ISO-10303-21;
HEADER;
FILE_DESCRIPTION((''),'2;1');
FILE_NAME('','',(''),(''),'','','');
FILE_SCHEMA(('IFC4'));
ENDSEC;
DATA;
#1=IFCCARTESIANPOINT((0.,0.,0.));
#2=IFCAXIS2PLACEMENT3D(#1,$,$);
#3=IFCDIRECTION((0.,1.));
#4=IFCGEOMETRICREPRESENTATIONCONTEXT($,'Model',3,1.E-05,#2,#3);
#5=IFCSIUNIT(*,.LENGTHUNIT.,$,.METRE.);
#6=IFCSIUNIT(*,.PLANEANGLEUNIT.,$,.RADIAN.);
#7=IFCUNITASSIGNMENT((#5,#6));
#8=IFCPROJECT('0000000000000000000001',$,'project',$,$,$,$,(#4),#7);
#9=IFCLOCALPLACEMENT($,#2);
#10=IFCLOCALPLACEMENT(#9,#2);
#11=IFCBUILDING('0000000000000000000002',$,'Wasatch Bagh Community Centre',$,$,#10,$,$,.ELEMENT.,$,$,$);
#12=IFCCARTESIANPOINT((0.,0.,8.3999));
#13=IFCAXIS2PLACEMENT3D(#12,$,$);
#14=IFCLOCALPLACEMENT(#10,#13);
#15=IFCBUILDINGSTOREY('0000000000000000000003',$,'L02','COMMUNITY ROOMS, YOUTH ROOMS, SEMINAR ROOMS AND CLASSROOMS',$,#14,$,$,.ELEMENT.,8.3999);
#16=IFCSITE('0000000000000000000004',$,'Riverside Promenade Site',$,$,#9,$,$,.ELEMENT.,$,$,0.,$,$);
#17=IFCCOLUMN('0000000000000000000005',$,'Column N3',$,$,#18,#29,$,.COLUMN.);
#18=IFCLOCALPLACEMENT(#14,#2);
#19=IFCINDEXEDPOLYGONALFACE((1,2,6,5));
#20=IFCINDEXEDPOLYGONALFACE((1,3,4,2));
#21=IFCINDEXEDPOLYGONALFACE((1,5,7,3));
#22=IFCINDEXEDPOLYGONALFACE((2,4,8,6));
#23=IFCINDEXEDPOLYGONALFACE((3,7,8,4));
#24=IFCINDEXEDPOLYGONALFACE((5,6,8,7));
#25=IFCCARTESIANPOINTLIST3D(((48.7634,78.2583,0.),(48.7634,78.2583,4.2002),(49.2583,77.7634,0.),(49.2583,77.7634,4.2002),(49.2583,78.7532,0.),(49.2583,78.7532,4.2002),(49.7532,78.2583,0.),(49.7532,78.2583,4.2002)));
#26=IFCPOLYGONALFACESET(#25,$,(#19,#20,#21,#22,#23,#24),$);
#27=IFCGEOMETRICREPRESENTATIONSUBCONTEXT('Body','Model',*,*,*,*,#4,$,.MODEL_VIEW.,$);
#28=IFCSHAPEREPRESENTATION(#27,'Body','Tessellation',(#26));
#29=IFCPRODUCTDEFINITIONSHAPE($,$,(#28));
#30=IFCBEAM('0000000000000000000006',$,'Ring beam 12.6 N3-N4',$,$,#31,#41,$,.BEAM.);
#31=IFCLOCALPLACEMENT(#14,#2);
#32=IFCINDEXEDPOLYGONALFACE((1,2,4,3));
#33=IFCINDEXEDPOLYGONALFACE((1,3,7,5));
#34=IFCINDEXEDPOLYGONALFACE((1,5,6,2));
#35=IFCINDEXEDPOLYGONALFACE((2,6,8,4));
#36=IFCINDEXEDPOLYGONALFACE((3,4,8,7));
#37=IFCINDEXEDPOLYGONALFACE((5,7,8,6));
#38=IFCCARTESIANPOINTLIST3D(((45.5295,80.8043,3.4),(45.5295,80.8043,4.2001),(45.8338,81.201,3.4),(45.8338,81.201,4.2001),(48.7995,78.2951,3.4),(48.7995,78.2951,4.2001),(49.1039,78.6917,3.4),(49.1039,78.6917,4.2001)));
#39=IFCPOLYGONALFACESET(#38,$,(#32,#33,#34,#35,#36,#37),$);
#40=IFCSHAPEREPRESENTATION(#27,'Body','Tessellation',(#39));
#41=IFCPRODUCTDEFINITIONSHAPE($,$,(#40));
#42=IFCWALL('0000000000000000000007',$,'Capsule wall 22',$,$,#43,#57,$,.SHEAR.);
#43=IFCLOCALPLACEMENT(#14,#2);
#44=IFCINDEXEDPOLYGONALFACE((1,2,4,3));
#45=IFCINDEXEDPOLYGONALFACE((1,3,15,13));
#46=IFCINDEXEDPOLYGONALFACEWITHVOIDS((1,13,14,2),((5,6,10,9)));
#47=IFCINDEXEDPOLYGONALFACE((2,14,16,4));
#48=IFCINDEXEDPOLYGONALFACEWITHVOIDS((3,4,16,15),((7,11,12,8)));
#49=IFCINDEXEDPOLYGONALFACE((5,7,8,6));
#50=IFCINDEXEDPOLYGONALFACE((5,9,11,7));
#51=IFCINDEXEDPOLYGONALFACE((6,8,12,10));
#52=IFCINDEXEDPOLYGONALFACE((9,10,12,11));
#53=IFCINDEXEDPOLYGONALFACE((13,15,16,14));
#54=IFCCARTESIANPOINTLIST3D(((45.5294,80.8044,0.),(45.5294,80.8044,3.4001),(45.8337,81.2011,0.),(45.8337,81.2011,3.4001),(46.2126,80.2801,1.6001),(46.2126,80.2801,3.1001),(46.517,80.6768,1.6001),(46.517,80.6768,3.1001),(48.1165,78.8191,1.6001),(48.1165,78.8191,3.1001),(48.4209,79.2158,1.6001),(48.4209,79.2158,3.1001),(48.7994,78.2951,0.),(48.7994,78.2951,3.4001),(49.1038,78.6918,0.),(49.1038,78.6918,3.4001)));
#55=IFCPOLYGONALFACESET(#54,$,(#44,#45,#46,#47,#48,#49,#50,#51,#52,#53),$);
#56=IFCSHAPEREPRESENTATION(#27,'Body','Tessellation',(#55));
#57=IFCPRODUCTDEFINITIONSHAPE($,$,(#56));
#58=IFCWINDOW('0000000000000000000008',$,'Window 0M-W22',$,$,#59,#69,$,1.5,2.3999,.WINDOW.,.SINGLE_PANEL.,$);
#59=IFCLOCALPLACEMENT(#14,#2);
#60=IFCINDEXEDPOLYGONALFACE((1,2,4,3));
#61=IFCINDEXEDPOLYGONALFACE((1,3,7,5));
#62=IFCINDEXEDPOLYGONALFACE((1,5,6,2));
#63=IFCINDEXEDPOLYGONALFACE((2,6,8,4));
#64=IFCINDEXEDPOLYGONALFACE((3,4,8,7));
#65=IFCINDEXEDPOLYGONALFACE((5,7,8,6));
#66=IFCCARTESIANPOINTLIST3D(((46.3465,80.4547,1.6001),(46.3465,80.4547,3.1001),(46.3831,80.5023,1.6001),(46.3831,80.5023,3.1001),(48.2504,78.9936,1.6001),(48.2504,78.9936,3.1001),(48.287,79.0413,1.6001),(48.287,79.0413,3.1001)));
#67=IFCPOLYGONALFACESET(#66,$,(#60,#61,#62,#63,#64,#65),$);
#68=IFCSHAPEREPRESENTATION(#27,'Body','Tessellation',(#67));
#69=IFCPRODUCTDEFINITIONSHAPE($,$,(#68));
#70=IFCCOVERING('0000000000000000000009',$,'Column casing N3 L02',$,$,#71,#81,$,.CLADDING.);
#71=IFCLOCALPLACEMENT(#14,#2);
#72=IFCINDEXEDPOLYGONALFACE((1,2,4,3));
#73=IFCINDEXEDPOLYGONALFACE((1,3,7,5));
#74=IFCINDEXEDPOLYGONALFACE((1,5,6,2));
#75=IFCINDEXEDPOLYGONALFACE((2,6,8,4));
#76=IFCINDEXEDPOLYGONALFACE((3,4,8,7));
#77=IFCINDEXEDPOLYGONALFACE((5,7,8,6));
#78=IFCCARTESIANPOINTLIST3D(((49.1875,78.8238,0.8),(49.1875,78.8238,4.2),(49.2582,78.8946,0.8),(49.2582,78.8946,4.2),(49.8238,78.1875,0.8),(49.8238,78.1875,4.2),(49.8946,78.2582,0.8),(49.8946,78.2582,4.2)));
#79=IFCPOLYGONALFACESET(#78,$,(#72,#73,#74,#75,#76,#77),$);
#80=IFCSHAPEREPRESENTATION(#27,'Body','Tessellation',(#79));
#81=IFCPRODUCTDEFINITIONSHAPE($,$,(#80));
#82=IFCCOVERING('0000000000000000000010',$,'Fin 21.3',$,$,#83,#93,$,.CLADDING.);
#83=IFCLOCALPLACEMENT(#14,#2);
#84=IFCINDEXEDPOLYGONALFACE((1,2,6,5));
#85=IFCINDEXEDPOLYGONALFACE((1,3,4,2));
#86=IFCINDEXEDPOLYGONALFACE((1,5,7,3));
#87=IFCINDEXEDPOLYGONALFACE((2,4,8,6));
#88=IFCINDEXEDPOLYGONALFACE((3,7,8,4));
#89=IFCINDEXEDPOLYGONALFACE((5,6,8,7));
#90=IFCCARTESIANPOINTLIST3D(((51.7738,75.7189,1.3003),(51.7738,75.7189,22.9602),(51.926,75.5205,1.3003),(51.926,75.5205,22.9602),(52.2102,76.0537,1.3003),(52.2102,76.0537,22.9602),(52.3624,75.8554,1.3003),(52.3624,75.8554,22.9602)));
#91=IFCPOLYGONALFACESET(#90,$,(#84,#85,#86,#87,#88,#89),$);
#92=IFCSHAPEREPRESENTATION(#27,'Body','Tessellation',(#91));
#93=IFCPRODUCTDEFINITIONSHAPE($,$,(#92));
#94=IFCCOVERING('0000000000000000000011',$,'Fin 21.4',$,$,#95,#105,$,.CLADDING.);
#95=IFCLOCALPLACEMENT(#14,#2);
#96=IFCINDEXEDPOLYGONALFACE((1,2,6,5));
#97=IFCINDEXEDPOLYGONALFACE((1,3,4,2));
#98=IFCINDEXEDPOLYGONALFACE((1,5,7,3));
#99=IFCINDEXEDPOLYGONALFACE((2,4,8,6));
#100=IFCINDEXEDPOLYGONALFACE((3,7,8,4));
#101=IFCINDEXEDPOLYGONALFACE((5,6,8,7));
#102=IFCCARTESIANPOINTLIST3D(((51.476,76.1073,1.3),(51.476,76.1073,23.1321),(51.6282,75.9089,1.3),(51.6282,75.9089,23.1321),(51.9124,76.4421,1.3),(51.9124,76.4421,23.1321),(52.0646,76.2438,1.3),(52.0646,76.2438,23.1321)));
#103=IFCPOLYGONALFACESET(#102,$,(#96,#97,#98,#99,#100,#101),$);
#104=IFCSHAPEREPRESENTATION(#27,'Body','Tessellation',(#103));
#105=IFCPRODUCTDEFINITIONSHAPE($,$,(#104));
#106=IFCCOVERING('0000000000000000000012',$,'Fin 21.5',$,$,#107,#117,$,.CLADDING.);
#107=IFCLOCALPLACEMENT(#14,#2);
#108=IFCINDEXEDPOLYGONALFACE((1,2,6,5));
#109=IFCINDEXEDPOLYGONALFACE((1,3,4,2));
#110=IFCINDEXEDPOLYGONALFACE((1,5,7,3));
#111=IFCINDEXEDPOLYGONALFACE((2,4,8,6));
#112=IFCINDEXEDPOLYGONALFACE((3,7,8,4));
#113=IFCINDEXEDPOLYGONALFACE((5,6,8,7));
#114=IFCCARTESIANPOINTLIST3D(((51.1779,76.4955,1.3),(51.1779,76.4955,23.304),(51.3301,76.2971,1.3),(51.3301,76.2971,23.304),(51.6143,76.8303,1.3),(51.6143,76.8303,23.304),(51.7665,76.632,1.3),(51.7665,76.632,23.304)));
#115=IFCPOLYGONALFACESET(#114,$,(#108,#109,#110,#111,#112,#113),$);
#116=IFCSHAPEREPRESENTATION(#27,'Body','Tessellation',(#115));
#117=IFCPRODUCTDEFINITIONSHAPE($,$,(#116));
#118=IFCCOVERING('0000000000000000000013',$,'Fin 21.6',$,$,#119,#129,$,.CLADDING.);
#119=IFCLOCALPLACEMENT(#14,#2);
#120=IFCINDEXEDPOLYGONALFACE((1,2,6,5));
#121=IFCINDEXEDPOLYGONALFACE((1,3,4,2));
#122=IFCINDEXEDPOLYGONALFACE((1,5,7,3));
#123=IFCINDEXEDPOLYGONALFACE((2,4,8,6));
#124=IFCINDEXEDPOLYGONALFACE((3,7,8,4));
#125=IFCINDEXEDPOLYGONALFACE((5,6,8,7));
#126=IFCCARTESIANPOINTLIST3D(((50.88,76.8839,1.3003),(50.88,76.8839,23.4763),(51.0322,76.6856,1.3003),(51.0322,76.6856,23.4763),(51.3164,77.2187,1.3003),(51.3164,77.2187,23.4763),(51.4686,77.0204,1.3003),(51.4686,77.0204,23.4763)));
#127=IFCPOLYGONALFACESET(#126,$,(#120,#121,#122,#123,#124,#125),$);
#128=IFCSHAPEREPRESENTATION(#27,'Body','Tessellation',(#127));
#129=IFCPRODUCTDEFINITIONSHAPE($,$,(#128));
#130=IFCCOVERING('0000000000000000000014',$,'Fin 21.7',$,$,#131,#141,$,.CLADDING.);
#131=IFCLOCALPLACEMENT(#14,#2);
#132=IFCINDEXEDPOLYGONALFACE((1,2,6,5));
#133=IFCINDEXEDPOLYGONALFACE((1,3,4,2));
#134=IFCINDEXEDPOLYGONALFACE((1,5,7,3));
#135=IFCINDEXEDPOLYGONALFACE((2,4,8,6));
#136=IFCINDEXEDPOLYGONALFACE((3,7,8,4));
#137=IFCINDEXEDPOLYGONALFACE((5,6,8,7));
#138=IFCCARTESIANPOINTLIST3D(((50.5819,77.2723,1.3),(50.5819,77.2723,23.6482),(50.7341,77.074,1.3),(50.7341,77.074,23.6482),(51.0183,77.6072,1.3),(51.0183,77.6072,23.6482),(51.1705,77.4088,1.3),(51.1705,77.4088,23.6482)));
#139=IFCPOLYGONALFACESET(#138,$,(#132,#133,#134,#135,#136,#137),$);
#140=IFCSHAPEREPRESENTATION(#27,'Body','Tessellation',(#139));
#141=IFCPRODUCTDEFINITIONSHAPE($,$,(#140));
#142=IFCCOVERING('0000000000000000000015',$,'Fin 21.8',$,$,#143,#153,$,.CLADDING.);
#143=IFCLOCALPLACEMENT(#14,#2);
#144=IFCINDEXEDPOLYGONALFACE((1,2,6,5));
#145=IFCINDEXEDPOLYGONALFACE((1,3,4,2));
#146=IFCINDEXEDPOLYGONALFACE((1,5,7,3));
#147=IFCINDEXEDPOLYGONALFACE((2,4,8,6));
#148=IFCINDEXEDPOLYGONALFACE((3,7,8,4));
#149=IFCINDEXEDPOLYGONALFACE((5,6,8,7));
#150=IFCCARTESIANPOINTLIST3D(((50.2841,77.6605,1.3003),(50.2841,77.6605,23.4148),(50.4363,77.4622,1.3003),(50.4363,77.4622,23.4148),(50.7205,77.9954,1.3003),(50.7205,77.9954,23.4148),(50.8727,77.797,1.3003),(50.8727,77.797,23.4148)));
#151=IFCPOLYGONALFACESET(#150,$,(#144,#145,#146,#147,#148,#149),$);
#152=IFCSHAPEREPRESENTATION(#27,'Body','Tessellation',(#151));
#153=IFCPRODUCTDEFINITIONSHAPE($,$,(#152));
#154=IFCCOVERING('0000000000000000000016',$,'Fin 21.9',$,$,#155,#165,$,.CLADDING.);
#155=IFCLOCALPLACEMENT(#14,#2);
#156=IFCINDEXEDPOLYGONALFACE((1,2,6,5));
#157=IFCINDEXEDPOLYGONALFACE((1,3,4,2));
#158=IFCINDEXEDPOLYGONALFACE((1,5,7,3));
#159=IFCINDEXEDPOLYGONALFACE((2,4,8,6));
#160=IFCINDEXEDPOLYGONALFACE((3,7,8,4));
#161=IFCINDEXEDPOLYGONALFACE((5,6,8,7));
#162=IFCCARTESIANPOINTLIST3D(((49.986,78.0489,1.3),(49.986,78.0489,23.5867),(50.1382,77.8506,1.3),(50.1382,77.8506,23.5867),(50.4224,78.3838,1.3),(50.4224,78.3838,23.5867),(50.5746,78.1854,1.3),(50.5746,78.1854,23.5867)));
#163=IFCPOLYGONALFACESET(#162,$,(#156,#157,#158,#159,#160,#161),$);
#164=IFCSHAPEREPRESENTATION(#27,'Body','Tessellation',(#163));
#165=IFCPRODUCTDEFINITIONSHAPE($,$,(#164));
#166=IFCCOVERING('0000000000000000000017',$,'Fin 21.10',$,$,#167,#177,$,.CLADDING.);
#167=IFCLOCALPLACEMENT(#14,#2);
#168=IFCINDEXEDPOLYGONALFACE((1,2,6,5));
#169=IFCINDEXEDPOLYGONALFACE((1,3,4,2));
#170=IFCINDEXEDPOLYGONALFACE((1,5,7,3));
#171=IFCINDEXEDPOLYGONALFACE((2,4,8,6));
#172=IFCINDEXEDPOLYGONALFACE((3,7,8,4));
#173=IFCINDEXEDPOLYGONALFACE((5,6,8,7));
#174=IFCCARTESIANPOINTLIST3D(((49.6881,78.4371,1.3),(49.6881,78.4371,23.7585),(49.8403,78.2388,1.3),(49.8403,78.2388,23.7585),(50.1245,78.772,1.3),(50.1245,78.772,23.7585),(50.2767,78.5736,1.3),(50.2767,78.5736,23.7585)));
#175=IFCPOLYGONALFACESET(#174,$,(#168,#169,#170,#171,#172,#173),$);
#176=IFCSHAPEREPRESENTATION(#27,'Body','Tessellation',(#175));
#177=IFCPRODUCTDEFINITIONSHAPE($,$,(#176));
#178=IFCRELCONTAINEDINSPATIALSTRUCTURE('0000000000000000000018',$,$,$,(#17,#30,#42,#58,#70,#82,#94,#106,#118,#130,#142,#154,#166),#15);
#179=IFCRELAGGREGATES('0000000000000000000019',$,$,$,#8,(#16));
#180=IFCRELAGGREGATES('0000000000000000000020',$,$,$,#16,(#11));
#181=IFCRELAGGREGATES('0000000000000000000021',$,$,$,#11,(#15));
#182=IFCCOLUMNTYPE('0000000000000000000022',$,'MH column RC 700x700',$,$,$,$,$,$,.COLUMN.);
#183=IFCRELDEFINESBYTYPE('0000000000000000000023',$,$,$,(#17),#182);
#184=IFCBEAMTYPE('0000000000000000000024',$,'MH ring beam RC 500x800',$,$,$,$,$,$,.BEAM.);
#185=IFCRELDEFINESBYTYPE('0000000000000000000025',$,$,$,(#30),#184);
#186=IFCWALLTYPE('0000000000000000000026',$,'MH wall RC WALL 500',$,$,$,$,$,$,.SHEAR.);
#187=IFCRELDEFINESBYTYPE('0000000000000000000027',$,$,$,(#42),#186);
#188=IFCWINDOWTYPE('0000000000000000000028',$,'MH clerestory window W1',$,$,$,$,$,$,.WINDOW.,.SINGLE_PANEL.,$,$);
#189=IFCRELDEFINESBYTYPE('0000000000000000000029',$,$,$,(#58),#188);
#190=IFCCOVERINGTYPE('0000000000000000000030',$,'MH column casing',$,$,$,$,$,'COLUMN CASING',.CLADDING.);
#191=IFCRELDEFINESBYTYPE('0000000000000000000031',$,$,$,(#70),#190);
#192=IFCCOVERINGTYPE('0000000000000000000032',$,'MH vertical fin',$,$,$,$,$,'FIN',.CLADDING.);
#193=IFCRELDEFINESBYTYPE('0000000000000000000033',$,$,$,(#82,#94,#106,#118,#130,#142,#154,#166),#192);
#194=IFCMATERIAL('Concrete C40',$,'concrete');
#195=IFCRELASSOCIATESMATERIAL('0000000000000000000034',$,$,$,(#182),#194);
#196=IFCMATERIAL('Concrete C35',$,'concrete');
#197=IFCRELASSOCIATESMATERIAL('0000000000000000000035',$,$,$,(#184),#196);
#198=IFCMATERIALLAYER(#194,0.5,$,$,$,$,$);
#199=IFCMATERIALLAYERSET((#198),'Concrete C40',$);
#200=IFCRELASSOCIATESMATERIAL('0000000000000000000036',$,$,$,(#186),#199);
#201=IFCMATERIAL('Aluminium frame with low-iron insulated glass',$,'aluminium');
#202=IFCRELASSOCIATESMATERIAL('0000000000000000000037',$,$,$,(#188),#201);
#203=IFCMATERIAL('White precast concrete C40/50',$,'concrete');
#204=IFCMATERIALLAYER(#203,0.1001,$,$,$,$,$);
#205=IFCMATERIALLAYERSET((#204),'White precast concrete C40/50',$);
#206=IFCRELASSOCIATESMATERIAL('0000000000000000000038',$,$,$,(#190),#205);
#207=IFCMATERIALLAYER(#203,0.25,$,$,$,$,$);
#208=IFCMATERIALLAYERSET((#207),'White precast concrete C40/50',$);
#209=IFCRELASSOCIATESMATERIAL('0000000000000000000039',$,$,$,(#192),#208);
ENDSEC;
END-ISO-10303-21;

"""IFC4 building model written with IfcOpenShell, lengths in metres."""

from ifc_helpers import new_model, si_unit, direction, frame, frame_2d, origin, origin_2d, place, context, subcontext, project, spatial, rectangle, extrude, material, layer, layer_set, material_profile, profile_set, type_object, element, fill, save


model = new_model("IFC4")

# Units and contexts
model_context = context("Model", 3, precision=1e-05, world=origin(), true_north=direction((0.0, 1.0)))
body_context = subcontext(model_context, "Body", "Model", "MODEL_VIEW")
ifc_project = project(units=[si_unit("LENGTHUNIT", "METRE"), si_unit("PLANEANGLEUNIT", "RADIAN")], contexts=[model_context])

# Site, building, storey
site_placement = place(None, origin())
site = spatial("IfcSite", under=ifc_project, at=site_placement, Name="Riverside Promenade Site", CompositionType="ELEMENT", RefElevation=0.0)
building_placement = place(site_placement, origin())
building = spatial("IfcBuilding", under=site, at=building_placement, Name="Wasatch Bagh Community Centre", CompositionType="ELEMENT")
storey_placement = place(building_placement, frame((0.0, 0.0, 8.3999)))
storey = spatial("IfcBuildingStorey", under=building, at=storey_placement, Name="L02", Description="COMMUNITY ROOMS, YOUTH ROOMS, SEMINAR ROOMS AND CLASSROOMS", CompositionType="ELEMENT", Elevation=8.3999)

# Column
ifc_material_1 = material(Name="Concrete C40", Category="concrete")
ifc_material_profile_1 = material_profile(ifc_material_1, rectangle(XDim=0.7, YDim=0.7, at=origin_2d()), Name="RC 700x700")
ifc_profile_set_1 = profile_set([ifc_material_profile_1], Name="Concrete C40")
column_type = type_object("IfcColumnType", Name="MH column RC 700x700", PredefinedType="COLUMN", material=ifc_profile_set_1)
column_placement = place(storey_placement, frame((49.2583, 78.2583, 0.0), z_axis=(0.0, 0.0, 1.0), x_axis=(0.707107, 0.707107, 0.0)))
element("IfcColumn", 1, at=column_placement, inside=storey, type_object=column_type, Name="Column N3", PredefinedType="COLUMN", context=body_context, shape_type="SweptSolid", body=[
    extrude(rectangle(XDim=0.7, YDim=0.7, at=origin_2d()), origin(), (0.0, 0.0, 1.0), 4.2002),
])

# Beam
ifc_material_2 = material(Name="Concrete C35", Category="concrete")
ifc_material_profile_2 = material_profile(ifc_material_2, rectangle(XDim=0.5, YDim=0.8, at=origin_2d()), Name="RC 500x800")
ifc_profile_set_2 = profile_set([ifc_material_profile_2], Name="Concrete C35")
beam_type = type_object("IfcBeamType", Name="MH ring beam RC 500x800", PredefinedType="BEAM", material=ifc_profile_set_2)
beam_placement = place(storey_placement, frame((48.9517, 78.4934, 3.8), z_axis=(-0.793341, 0.608777, 0.0), x_axis=(-0.608777, -0.793341, 0.0)))
element("IfcBeam", 2, at=beam_placement, inside=storey, type_object=beam_type, Name="Ring beam 12.6 N3-N4", PredefinedType="BEAM", context=body_context, shape_type="SweptSolid", body=[
    extrude(rectangle(XDim=0.5, YDim=0.8, at=origin_2d()), origin(), (0.0, 0.0, 1.0), 4.1218),
])

# Wall, opening, window
ifc_layer_1 = layer(ifc_material_1, 0.5)
ifc_layer_set_1 = layer_set([ifc_layer_1], Name="Concrete C40")
wall_type = type_object("IfcWallType", Name="MH wall RC WALL 500", PredefinedType="SHEAR", material=ifc_layer_set_1)
wall_placement = place(storey_placement, frame((48.9517, 78.4934, 0.0), z_axis=(0.0, 0.0, 1.0), x_axis=(-0.793341, 0.608777, 0.0)))
wall = element("IfcWall", 3, at=wall_placement, inside=storey, type_object=wall_type, Name="Capsule wall 22", PredefinedType="SHEAR", context=body_context, shape_type="SweptSolid", body=[
    extrude(rectangle(XDim=4.1218, YDim=0.5, at=frame_2d((2.061, 0.0))), origin(), (0.0, 0.0, 1.0), 3.4001),
])
opening_placement = place(wall_placement, frame((0.8608, 0.0, 1.6001)))
opening = element("IfcOpeningElement", 4, at=opening_placement, cuts=wall, PredefinedType="OPENING", context=body_context, shape_type="SweptSolid", body=[
    extrude(rectangle(XDim=2.3999, YDim=1.5, at=frame_2d((1.2, 0.75))), frame((0.0, 0.26, 0.0), z_axis=(0.0, -1.0, 0.0), x_axis=(1.0, 0.0, 0.0)), (0.0, 0.0, 1.0), 0.52),
])
ifc_material_3 = material(Name="Aluminium frame with low-iron insulated glass", Category="aluminium")
window_type = type_object("IfcWindowType", Name="MH clerestory window W1", PartitioningType="SINGLE_PANEL", PredefinedType="WINDOW", material=ifc_material_3)
window_placement = place(opening_placement, origin())
window = element("IfcWindow", 5, at=window_placement, inside=storey, type_object=window_type, Name="Window 0M-W22", OverallHeight=1.5, OverallWidth=2.3999, PartitioningType="SINGLE_PANEL", PredefinedType="WINDOW", context=body_context, shape_type="SweptSolid", body=[
    extrude(rectangle(XDim=2.3999, YDim=1.5, at=frame_2d((1.2, 0.75))), frame((0.0, 0.03, 0.0), z_axis=(0.0, -1.0, 0.0), x_axis=(1.0, 0.0, 0.0)), (0.0, 0.0, 1.0), 0.0601),
])
fill(opening, window)

# Coverings
ifc_material_4 = material(Name="White precast concrete C40/50", Category="concrete")
ifc_layer_2 = layer(ifc_material_4, 0.1001)
ifc_layer_set_2 = layer_set([ifc_layer_2], Name="White precast concrete C40/50")
covering_type_1 = type_object("IfcCoveringType", Name="MH column casing", ElementType="COLUMN CASING", PredefinedType="CLADDING", material=ifc_layer_set_2)
covering_1_placement = place(storey_placement, frame((49.541, 78.541, 0.8), z_axis=(0.0, 0.0, 1.0), x_axis=(-0.707107, 0.707107, 0.0)))
element("IfcCovering", 6, at=covering_1_placement, inside=storey, type_object=covering_type_1, Name="Column casing N3 L02", PredefinedType="CLADDING", context=body_context, shape_type="SweptSolid", body=[
    extrude(rectangle(XDim=0.8999, YDim=0.1001, at=origin_2d()), origin(), (0.0, 0.0, 1.0), 3.3999),
])
ifc_layer_3 = layer(ifc_material_4, 0.25)
ifc_layer_set_3 = layer_set([ifc_layer_3], Name="White precast concrete C40/50")
covering_type_2 = type_object("IfcCoveringType", Name="MH vertical fin", ElementType="FIN", PredefinedType="CLADDING", material=ifc_layer_set_3)
covering_2_placement = place(storey_placement, frame((52.0681, 75.7871, 1.3003), z_axis=(0.0, 0.0, 1.0), x_axis=(-0.608761, 0.793353, 0.0)))
element("IfcCovering", 7, at=covering_2_placement, inside=storey, type_object=covering_type_2, Name="Fin 21.3", PredefinedType="CLADDING", context=body_context, shape_type="SweptSolid", body=[
    extrude(rectangle(XDim=0.25, YDim=0.55, at=origin_2d()), origin(), (0.0, 0.0, 1.0), 21.6599),
])
covering_3_placement = place(storey_placement, frame((51.7703, 76.1755, 1.3), z_axis=(0.0, 0.0, 1.0), x_axis=(-0.608761, 0.793353, 0.0)))
element("IfcCovering", 8, at=covering_3_placement, inside=storey, type_object=covering_type_2, Name="Fin 21.4", PredefinedType="CLADDING", context=body_context, shape_type="SweptSolid", body=[
    extrude(rectangle(XDim=0.25, YDim=0.55, at=origin_2d()), origin(), (0.0, 0.0, 1.0), 21.832),
])
covering_4_placement = place(storey_placement, frame((51.4722, 76.5637, 1.3), z_axis=(0.0, 0.0, 1.0), x_axis=(-0.608761, 0.793353, 0.0)))
element("IfcCovering", 9, at=covering_4_placement, inside=storey, type_object=covering_type_2, Name="Fin 21.5", PredefinedType="CLADDING", context=body_context, shape_type="SweptSolid", body=[
    extrude(rectangle(XDim=0.25, YDim=0.55, at=origin_2d()), origin(), (0.0, 0.0, 1.0), 22.0039),
])
covering_5_placement = place(storey_placement, frame((51.1743, 76.9521, 1.3003), z_axis=(0.0, 0.0, 1.0), x_axis=(-0.608761, 0.793353, 0.0)))
element("IfcCovering", 10, at=covering_5_placement, inside=storey, type_object=covering_type_2, Name="Fin 21.6", PredefinedType="CLADDING", context=body_context, shape_type="SweptSolid", body=[
    extrude(rectangle(XDim=0.25, YDim=0.55, at=origin_2d()), origin(), (0.0, 0.0, 1.0), 22.176),
])
covering_6_placement = place(storey_placement, frame((50.8762, 77.3406, 1.3), z_axis=(0.0, 0.0, 1.0), x_axis=(-0.608761, 0.793353, 0.0)))
element("IfcCovering", 11, at=covering_6_placement, inside=storey, type_object=covering_type_2, Name="Fin 21.7", PredefinedType="CLADDING", context=body_context, shape_type="SweptSolid", body=[
    extrude(rectangle(XDim=0.25, YDim=0.55, at=origin_2d()), origin(), (0.0, 0.0, 1.0), 22.3481),
])
covering_7_placement = place(storey_placement, frame((50.5784, 77.7288, 1.3003), z_axis=(0.0, 0.0, 1.0), x_axis=(-0.608761, 0.793353, 0.0)))
element("IfcCovering", 12, at=covering_7_placement, inside=storey, type_object=covering_type_2, Name="Fin 21.8", PredefinedType="CLADDING", context=body_context, shape_type="SweptSolid", body=[
    extrude(rectangle(XDim=0.25, YDim=0.55, at=origin_2d()), origin(), (0.0, 0.0, 1.0), 22.1145),
])
covering_8_placement = place(storey_placement, frame((50.2803, 78.1172, 1.3), z_axis=(0.0, 0.0, 1.0), x_axis=(-0.608761, 0.793353, 0.0)))
element("IfcCovering", 13, at=covering_8_placement, inside=storey, type_object=covering_type_2, Name="Fin 21.9", PredefinedType="CLADDING", context=body_context, shape_type="SweptSolid", body=[
    extrude(rectangle(XDim=0.25, YDim=0.55, at=origin_2d()), origin(), (0.0, 0.0, 1.0), 22.2866),
])
covering_9_placement = place(storey_placement, frame((49.9824, 78.5054, 1.3), z_axis=(0.0, 0.0, 1.0), x_axis=(-0.608761, 0.793353, 0.0)))
element("IfcCovering", 14, at=covering_9_placement, inside=storey, type_object=covering_type_2, Name="Fin 21.10", PredefinedType="CLADDING", context=body_context, shape_type="SweptSolid", body=[
    extrude(rectangle(XDim=0.25, YDim=0.55, at=origin_2d()), origin(), (0.0, 0.0, 1.0), 22.4585),
])

save(model, "model.ifc")
